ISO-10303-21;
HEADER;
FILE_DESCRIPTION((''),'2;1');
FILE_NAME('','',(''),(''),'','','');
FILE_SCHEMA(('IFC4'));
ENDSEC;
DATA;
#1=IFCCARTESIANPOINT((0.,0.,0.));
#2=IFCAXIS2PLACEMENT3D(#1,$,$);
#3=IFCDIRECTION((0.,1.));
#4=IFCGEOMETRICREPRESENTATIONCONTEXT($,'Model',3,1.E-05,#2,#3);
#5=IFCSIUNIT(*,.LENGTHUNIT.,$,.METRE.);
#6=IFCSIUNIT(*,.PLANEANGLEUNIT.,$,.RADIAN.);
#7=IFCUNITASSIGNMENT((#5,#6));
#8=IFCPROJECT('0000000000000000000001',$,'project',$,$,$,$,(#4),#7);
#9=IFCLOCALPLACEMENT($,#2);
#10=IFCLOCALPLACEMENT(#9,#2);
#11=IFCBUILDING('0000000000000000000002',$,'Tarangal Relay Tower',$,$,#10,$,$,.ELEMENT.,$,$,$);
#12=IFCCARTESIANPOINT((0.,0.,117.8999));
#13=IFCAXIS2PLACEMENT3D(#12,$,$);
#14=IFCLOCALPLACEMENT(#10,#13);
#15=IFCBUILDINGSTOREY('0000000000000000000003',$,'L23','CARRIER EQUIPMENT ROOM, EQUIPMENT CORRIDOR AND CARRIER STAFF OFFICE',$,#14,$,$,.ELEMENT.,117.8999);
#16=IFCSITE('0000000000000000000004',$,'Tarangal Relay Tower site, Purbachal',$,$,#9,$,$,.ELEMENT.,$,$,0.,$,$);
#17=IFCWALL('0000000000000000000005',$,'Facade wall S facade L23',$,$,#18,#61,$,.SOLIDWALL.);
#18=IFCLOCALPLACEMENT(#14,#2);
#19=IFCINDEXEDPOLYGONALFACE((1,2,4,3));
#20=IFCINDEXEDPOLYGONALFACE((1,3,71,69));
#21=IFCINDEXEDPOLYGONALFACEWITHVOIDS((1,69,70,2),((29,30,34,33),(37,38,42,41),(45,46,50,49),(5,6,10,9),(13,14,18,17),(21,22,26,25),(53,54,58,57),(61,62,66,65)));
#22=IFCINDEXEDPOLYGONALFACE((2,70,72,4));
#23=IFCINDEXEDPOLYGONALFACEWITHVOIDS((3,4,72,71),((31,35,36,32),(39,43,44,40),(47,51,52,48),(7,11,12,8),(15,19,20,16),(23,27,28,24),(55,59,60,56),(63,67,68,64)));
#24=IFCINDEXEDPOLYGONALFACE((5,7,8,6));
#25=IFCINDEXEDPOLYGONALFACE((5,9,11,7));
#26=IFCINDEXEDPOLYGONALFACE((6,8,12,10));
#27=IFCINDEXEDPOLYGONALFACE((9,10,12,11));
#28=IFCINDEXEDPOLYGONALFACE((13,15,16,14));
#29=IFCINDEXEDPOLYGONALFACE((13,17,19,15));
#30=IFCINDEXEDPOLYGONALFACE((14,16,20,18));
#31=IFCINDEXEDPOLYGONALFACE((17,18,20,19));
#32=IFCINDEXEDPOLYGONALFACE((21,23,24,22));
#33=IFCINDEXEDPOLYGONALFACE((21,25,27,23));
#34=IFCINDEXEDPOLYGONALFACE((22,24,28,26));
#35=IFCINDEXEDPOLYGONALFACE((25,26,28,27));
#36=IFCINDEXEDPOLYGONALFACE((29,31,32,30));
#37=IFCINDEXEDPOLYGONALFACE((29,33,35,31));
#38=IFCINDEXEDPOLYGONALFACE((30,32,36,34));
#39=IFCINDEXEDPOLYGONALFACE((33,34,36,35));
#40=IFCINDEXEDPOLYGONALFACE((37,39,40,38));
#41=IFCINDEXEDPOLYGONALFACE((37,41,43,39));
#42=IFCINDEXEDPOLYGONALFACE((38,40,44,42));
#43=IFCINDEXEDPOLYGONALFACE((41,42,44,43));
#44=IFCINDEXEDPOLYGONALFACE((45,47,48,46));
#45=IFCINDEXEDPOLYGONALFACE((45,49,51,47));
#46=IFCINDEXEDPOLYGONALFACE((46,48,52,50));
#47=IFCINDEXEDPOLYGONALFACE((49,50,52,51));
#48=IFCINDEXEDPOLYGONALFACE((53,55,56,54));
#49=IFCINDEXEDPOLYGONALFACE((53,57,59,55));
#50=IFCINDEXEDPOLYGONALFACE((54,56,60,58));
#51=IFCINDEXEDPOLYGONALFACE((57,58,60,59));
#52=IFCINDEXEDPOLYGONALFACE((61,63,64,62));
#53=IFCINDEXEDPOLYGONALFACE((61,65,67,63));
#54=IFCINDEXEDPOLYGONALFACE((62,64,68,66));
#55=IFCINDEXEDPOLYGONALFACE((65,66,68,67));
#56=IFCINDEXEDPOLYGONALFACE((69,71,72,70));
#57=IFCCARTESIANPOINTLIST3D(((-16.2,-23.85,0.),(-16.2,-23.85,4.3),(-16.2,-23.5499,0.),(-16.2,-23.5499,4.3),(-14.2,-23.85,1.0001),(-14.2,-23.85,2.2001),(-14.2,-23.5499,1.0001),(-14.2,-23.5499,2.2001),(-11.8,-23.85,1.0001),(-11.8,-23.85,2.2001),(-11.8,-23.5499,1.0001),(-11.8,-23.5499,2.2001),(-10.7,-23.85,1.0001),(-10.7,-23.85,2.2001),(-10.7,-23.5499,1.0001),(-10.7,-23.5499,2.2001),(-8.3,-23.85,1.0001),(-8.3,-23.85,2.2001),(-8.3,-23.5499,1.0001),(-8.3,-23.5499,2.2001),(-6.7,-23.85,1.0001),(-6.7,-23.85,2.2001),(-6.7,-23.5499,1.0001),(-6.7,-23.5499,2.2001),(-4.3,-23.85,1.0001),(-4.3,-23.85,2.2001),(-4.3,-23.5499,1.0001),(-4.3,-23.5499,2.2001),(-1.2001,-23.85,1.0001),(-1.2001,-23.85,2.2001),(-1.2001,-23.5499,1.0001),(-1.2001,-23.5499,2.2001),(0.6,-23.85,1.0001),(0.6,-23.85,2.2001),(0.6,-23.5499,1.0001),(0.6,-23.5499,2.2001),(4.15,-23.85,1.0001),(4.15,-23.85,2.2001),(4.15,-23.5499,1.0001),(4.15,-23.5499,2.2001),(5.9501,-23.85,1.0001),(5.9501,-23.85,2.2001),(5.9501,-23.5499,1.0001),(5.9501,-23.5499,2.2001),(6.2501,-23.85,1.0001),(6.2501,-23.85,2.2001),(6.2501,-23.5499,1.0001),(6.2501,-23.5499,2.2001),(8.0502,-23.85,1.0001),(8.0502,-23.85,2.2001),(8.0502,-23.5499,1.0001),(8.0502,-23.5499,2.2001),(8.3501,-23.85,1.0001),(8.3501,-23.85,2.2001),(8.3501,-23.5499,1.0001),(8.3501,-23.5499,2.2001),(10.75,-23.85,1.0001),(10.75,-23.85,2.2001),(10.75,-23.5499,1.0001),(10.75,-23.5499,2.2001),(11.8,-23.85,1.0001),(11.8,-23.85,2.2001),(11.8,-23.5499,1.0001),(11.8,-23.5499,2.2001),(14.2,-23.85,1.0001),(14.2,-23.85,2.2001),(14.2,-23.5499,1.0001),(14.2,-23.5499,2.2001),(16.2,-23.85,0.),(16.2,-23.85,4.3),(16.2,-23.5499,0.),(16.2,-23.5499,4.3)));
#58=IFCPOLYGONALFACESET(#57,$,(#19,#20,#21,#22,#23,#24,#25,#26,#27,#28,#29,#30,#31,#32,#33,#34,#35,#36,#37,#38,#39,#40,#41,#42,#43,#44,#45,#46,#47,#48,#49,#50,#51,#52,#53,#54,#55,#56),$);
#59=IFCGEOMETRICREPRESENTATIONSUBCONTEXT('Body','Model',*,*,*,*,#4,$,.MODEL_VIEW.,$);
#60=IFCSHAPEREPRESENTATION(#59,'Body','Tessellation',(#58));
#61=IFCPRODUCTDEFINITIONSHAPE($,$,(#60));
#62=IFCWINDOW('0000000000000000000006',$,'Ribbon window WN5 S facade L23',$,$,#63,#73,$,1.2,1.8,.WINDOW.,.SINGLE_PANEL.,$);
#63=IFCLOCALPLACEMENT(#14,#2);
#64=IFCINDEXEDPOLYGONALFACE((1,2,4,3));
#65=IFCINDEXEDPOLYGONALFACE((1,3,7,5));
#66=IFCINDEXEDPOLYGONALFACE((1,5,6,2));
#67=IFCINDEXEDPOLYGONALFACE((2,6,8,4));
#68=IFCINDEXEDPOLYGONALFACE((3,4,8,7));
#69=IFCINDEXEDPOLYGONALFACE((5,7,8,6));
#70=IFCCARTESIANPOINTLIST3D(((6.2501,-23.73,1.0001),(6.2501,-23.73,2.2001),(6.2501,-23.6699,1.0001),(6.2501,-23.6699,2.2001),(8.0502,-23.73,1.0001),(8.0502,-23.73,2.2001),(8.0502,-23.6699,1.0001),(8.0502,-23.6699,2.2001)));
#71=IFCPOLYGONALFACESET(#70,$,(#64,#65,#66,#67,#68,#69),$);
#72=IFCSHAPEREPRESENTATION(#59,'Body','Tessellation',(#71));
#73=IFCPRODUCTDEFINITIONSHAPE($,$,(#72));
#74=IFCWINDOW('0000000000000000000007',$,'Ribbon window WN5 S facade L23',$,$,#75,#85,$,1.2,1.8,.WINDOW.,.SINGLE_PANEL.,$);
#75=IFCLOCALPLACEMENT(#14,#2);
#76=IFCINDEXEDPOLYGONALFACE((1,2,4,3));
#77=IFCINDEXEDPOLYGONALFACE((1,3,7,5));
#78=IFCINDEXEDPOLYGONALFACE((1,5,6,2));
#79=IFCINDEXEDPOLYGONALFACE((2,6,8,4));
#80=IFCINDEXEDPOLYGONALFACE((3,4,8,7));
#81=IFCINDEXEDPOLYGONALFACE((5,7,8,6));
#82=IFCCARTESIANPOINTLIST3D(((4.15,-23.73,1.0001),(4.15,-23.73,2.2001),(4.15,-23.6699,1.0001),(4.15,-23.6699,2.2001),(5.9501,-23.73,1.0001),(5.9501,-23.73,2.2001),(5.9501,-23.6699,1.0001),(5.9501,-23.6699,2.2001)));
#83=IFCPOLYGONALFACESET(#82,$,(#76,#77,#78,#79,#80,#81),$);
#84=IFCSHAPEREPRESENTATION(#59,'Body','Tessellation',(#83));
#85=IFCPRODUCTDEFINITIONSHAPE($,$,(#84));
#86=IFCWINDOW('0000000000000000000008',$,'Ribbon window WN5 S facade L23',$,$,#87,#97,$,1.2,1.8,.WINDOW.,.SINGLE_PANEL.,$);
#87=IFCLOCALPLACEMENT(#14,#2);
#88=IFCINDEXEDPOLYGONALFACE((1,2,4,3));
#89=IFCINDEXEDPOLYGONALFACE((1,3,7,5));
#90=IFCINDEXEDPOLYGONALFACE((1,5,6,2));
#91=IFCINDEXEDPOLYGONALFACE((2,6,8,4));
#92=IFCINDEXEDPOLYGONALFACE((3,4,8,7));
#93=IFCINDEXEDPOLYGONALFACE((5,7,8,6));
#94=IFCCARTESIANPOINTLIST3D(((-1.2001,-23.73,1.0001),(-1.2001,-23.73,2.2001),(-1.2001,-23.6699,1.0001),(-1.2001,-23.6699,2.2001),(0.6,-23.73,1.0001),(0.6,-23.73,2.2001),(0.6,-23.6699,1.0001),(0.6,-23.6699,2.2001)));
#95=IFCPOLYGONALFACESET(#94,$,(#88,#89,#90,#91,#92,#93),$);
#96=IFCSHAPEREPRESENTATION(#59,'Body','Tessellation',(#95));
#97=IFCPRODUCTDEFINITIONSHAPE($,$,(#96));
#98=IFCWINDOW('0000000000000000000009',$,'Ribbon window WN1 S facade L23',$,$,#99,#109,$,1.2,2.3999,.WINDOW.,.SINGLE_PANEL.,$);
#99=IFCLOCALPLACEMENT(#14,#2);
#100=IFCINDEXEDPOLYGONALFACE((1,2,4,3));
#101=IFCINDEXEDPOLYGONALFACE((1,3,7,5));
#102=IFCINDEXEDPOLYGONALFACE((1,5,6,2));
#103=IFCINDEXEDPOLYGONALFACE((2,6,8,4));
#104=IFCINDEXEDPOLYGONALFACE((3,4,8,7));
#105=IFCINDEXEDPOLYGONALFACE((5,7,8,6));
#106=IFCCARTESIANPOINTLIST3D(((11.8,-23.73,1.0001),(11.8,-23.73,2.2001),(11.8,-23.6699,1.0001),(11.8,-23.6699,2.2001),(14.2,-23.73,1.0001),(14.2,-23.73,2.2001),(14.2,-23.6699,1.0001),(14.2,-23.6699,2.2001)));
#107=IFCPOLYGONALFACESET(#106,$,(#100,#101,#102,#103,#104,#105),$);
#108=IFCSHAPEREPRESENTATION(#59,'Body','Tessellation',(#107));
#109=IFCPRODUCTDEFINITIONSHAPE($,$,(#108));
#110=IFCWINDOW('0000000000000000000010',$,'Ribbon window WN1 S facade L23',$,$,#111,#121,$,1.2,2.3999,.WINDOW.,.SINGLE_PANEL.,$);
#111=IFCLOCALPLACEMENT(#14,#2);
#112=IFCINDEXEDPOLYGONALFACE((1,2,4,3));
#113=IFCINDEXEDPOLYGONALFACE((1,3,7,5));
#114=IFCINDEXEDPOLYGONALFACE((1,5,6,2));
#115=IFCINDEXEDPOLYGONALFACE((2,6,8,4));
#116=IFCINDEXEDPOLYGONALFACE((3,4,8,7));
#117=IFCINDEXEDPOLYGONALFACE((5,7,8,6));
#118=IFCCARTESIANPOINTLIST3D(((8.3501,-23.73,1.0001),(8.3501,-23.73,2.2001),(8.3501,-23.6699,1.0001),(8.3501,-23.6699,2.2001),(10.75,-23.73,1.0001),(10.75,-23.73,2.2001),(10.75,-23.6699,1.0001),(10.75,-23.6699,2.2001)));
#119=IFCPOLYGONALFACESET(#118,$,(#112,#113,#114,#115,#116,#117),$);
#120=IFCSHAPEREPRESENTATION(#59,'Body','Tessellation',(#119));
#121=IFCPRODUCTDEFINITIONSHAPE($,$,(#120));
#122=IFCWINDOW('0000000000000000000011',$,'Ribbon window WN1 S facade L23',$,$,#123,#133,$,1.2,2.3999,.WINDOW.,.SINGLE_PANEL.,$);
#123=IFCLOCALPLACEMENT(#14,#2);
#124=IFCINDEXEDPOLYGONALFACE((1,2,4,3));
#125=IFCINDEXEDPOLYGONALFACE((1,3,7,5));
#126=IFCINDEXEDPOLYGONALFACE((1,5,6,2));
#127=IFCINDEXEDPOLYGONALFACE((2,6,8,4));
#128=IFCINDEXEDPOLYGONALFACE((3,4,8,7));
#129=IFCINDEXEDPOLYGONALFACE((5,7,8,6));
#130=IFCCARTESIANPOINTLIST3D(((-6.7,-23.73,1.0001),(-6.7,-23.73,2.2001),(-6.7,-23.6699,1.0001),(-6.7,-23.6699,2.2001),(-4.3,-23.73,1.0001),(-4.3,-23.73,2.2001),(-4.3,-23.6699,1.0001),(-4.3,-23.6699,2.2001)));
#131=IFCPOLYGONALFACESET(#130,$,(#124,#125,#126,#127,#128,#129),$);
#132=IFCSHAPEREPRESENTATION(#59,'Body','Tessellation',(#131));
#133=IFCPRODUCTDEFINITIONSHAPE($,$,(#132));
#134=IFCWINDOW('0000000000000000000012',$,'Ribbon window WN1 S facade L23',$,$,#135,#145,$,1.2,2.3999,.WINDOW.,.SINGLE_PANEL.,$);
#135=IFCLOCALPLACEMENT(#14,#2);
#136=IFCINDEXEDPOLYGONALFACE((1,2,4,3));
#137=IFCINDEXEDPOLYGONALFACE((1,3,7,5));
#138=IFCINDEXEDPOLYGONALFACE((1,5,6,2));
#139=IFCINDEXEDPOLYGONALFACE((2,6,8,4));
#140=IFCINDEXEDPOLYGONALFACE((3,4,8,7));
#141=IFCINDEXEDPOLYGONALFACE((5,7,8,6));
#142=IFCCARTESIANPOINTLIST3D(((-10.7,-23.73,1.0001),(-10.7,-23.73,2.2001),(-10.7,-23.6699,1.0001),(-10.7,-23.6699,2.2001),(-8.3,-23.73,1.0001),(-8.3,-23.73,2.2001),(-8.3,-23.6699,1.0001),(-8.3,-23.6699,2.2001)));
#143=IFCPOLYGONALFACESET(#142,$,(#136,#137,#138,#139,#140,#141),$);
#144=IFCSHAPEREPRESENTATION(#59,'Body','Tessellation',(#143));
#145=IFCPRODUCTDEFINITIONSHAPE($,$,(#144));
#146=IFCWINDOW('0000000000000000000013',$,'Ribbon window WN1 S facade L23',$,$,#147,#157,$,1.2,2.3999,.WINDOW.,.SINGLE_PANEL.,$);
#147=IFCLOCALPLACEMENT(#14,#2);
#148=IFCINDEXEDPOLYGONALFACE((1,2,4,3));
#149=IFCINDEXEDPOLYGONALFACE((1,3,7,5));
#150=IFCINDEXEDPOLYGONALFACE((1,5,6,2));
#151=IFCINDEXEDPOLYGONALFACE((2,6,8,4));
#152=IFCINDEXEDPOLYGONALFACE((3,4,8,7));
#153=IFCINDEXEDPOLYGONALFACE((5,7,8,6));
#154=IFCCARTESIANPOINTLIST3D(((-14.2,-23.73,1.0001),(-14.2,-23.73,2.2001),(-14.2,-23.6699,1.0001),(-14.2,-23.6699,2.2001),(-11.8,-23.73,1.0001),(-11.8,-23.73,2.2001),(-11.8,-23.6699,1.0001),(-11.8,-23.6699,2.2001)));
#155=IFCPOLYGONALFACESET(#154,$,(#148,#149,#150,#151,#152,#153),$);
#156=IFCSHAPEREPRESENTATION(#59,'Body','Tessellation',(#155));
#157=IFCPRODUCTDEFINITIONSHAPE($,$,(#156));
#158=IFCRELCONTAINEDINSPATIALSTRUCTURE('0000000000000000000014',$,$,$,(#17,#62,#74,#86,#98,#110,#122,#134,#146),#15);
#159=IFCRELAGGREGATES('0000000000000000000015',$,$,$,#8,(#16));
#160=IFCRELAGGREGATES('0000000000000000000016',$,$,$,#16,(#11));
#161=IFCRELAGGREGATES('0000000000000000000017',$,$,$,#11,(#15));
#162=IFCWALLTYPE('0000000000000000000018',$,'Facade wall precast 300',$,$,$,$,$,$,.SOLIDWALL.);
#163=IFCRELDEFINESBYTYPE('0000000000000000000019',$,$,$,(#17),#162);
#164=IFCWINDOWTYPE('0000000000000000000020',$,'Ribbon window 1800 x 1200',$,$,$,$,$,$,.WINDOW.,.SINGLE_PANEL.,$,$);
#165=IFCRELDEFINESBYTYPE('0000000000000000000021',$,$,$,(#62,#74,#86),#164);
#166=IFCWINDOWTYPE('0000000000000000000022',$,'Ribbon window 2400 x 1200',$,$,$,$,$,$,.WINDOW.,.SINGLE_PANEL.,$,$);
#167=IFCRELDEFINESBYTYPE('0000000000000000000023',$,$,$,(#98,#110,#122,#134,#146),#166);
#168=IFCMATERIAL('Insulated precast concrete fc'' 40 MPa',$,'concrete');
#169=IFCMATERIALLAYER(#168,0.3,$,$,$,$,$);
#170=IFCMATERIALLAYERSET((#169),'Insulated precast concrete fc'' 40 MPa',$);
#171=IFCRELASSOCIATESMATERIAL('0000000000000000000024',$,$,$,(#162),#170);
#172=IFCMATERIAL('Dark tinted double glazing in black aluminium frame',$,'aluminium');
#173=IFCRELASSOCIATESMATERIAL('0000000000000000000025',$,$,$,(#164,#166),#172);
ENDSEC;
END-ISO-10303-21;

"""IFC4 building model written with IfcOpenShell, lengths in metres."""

from ifc_helpers import new_model, si_unit, direction, frame, frame_2d, origin, place, context, subcontext, project, spatial, rectangle, extrude, material, layer, layer_set, type_object, element, fill, save


model = new_model("IFC4")

# Units and contexts
model_context = context("Model", 3, precision=1e-05, world=origin(), true_north=direction((0.0, 1.0)))
body_context = subcontext(model_context, "Body", "Model", "MODEL_VIEW")
ifc_project = project(units=[si_unit("LENGTHUNIT", "METRE"), si_unit("PLANEANGLEUNIT", "RADIAN")], contexts=[model_context])

# Site, building, storey
site_placement = place(None, origin())
site = spatial("IfcSite", under=ifc_project, at=site_placement, Name="Tarangal Relay Tower site, Purbachal", CompositionType="ELEMENT", RefElevation=0.0)
building_placement = place(site_placement, origin())
building = spatial("IfcBuilding", under=site, at=building_placement, Name="Tarangal Relay Tower", CompositionType="ELEMENT")
storey_placement = place(building_placement, frame((0.0, 0.0, 117.8999)))
storey = spatial("IfcBuildingStorey", under=building, at=storey_placement, Name="L23", Description="CARRIER EQUIPMENT ROOM, EQUIPMENT CORRIDOR AND CARRIER STAFF OFFICE", CompositionType="ELEMENT", Elevation=117.8999)

# Shared definitions
ifc_material_1 = material(Name="Insulated precast concrete fc' 40 MPa", Category="concrete")
ifc_layer = layer(ifc_material_1, 0.3)
ifc_layer_set = layer_set([ifc_layer], Name="Insulated precast concrete fc' 40 MPa")
wall_type = type_object("IfcWallType", Name="Facade wall precast 300", PredefinedType="SOLIDWALL", material=ifc_layer_set)

# Wall, openings, windows
wall_placement = place(storey_placement, frame((16.2, -23.7, 0.0), z_axis=(0.0, 0.0, 1.0), x_axis=(-1.0, 0.0, 0.0)))
wall = element("IfcWall", 1, at=wall_placement, inside=storey, type_object=wall_type, Name="Facade wall S facade L23", PredefinedType="SOLIDWALL", context=body_context, shape_type="SweptSolid", body=[
    extrude(rectangle(XDim=32.3999, YDim=0.3, at=frame_2d((16.2, 0.0))), origin(), (0.0, 0.0, 1.0), 4.3),
])
opening_1_placement = place(wall_placement, frame((2.0, 0.0, 1.0)))
opening_1 = element("IfcOpeningElement", 2, at=opening_1_placement, cuts=wall, PredefinedType="OPENING", context=body_context, shape_type="SweptSolid", body=[
    extrude(rectangle(XDim=2.3999, YDim=1.2, at=frame_2d((1.2, 0.6001))), frame((0.0, 0.1599, 0.0), z_axis=(0.0, -1.0, 0.0), x_axis=(1.0, 0.0, 0.0)), (0.0, 0.0, 1.0), 0.3201),
])
opening_2_placement = place(wall_placement, frame((5.45, 0.0, 1.0)))
opening_2 = element("IfcOpeningElement", 3, at=opening_2_placement, cuts=wall, PredefinedType="OPENING", context=body_context, shape_type="SweptSolid", body=[
    extrude(rectangle(XDim=2.3999, YDim=1.2, at=frame_2d((1.2, 0.6001))), frame((0.0, 0.1599, 0.0), z_axis=(0.0, -1.0, 0.0), x_axis=(1.0, 0.0, 0.0)), (0.0, 0.0, 1.0), 0.3201),
])
opening_3_placement = place(wall_placement, frame((8.1499, 0.0, 1.0)))
opening_3 = element("IfcOpeningElement", 4, at=opening_3_placement, cuts=wall, PredefinedType="OPENING", context=body_context, shape_type="SweptSolid", body=[
    extrude(rectangle(XDim=1.8, YDim=1.2, at=frame_2d((0.8999, 0.6001))), frame((0.0, 0.1599, 0.0), z_axis=(0.0, -1.0, 0.0), x_axis=(1.0, 0.0, 0.0)), (0.0, 0.0, 1.0), 0.3201),
])
opening_4_placement = place(wall_placement, frame((10.25, 0.0, 1.0)))
opening_4 = element("IfcOpeningElement", 5, at=opening_4_placement, cuts=wall, PredefinedType="OPENING", context=body_context, shape_type="SweptSolid", body=[
    extrude(rectangle(XDim=1.8, YDim=1.2, at=frame_2d((0.8999, 0.6001))), frame((0.0, 0.1599, 0.0), z_axis=(0.0, -1.0, 0.0), x_axis=(1.0, 0.0, 0.0)), (0.0, 0.0, 1.0), 0.3201),
])
opening_5_placement = place(wall_placement, frame((15.6001, 0.0, 1.0)))
opening_5 = element("IfcOpeningElement", 6, at=opening_5_placement, cuts=wall, PredefinedType="OPENING", context=body_context, shape_type="SweptSolid", body=[
    extrude(rectangle(XDim=1.8, YDim=1.2, at=frame_2d((0.8999, 0.6001))), frame((0.0, 0.1599, 0.0), z_axis=(0.0, -1.0, 0.0), x_axis=(1.0, 0.0, 0.0)), (0.0, 0.0, 1.0), 0.3201),
])
opening_6_placement = place(wall_placement, frame((20.5, 0.0, 1.0)))
opening_6 = element("IfcOpeningElement", 7, at=opening_6_placement, cuts=wall, PredefinedType="OPENING", context=body_context, shape_type="SweptSolid", body=[
    extrude(rectangle(XDim=2.3999, YDim=1.2, at=frame_2d((1.2, 0.6001))), frame((0.0, 0.1599, 0.0), z_axis=(0.0, -1.0, 0.0), x_axis=(1.0, 0.0, 0.0)), (0.0, 0.0, 1.0), 0.3201),
])
opening_7_placement = place(wall_placement, frame((24.5, 0.0, 1.0)))
opening_7 = element("IfcOpeningElement", 8, at=opening_7_placement, cuts=wall, PredefinedType="OPENING", context=body_context, shape_type="SweptSolid", body=[
    extrude(rectangle(XDim=2.3999, YDim=1.2, at=frame_2d((1.2, 0.6001))), frame((0.0, 0.1599, 0.0), z_axis=(0.0, -1.0, 0.0), x_axis=(1.0, 0.0, 0.0)), (0.0, 0.0, 1.0), 0.3201),
])
opening_8_placement = place(wall_placement, frame((28.0, 0.0, 1.0)))
opening_8 = element("IfcOpeningElement", 9, at=opening_8_placement, cuts=wall, PredefinedType="OPENING", context=body_context, shape_type="SweptSolid", body=[
    extrude(rectangle(XDim=2.3999, YDim=1.2, at=frame_2d((1.2, 0.6001))), frame((0.0, 0.1599, 0.0), z_axis=(0.0, -1.0, 0.0), x_axis=(1.0, 0.0, 0.0)), (0.0, 0.0, 1.0), 0.3201),
])
ifc_material_2 = material(Name="Dark tinted double glazing in black aluminium frame", Category="aluminium")
window_type_1 = type_object("IfcWindowType", Name="Ribbon window 1800 x 1200", PartitioningType="SINGLE_PANEL", PredefinedType="WINDOW", material=ifc_material_2)
window_1_placement = place(opening_3_placement, origin())
window_1 = element("IfcWindow", 10, at=window_1_placement, inside=storey, type_object=window_type_1, Name="Ribbon window WN5 S facade L23", OverallHeight=1.2, OverallWidth=1.8, PartitioningType="SINGLE_PANEL", PredefinedType="WINDOW", context=body_context, shape_type="SweptSolid", body=[
    extrude(rectangle(XDim=1.8, YDim=1.2, at=frame_2d((0.8999, 0.6001))), frame((0.0, 0.03, 0.0), z_axis=(0.0, -1.0, 0.0), x_axis=(1.0, 0.0, 0.0)), (0.0, 0.0, 1.0), 0.0601),
])
fill(opening_3, window_1)
window_2_placement = place(opening_4_placement, origin())
window_2 = element("IfcWindow", 11, at=window_2_placement, inside=storey, type_object=window_type_1, Name="Ribbon window WN5 S facade L23", OverallHeight=1.2, OverallWidth=1.8, PartitioningType="SINGLE_PANEL", PredefinedType="WINDOW", context=body_context, shape_type="SweptSolid", body=[
    extrude(rectangle(XDim=1.8, YDim=1.2, at=frame_2d((0.8999, 0.6001))), frame((0.0, 0.03, 0.0), z_axis=(0.0, -1.0, 0.0), x_axis=(1.0, 0.0, 0.0)), (0.0, 0.0, 1.0), 0.0601),
])
fill(opening_4, window_2)
window_3_placement = place(opening_5_placement, origin())
window_3 = element("IfcWindow", 12, at=window_3_placement, inside=storey, type_object=window_type_1, Name="Ribbon window WN5 S facade L23", OverallHeight=1.2, OverallWidth=1.8, PartitioningType="SINGLE_PANEL", PredefinedType="WINDOW", context=body_context, shape_type="SweptSolid", body=[
    extrude(rectangle(XDim=1.8, YDim=1.2, at=frame_2d((0.8999, 0.6001))), frame((0.0, 0.03, 0.0), z_axis=(0.0, -1.0, 0.0), x_axis=(1.0, 0.0, 0.0)), (0.0, 0.0, 1.0), 0.0601),
])
fill(opening_5, window_3)
window_type_2 = type_object("IfcWindowType", Name="Ribbon window 2400 x 1200", PartitioningType="SINGLE_PANEL", PredefinedType="WINDOW", material=ifc_material_2)
window_4_placement = place(opening_1_placement, origin())
window_4 = element("IfcWindow", 13, at=window_4_placement, inside=storey, type_object=window_type_2, Name="Ribbon window WN1 S facade L23", OverallHeight=1.2, OverallWidth=2.3999, PartitioningType="SINGLE_PANEL", PredefinedType="WINDOW", context=body_context, shape_type="SweptSolid", body=[
    extrude(rectangle(XDim=2.3999, YDim=1.2, at=frame_2d((1.2, 0.6001))), frame((0.0, 0.03, 0.0), z_axis=(0.0, -1.0, 0.0), x_axis=(1.0, 0.0, 0.0)), (0.0, 0.0, 1.0), 0.0601),
])
fill(opening_1, window_4)
window_5_placement = place(opening_2_placement, origin())
window_5 = element("IfcWindow", 14, at=window_5_placement, inside=storey, type_object=window_type_2, Name="Ribbon window WN1 S facade L23", OverallHeight=1.2, OverallWidth=2.3999, PartitioningType="SINGLE_PANEL", PredefinedType="WINDOW", context=body_context, shape_type="SweptSolid", body=[
    extrude(rectangle(XDim=2.3999, YDim=1.2, at=frame_2d((1.2, 0.6001))), frame((0.0, 0.03, 0.0), z_axis=(0.0, -1.0, 0.0), x_axis=(1.0, 0.0, 0.0)), (0.0, 0.0, 1.0), 0.0601),
])
fill(opening_2, window_5)
window_6_placement = place(opening_6_placement, origin())
window_6 = element("IfcWindow", 15, at=window_6_placement, inside=storey, type_object=window_type_2, Name="Ribbon window WN1 S facade L23", OverallHeight=1.2, OverallWidth=2.3999, PartitioningType="SINGLE_PANEL", PredefinedType="WINDOW", context=body_context, shape_type="SweptSolid", body=[
    extrude(rectangle(XDim=2.3999, YDim=1.2, at=frame_2d((1.2, 0.6001))), frame((0.0, 0.03, 0.0), z_axis=(0.0, -1.0, 0.0), x_axis=(1.0, 0.0, 0.0)), (0.0, 0.0, 1.0), 0.0601),
])
fill(opening_6, window_6)
window_7_placement = place(opening_7_placement, origin())
window_7 = element("IfcWindow", 16, at=window_7_placement, inside=storey, type_object=window_type_2, Name="Ribbon window WN1 S facade L23", OverallHeight=1.2, OverallWidth=2.3999, PartitioningType="SINGLE_PANEL", PredefinedType="WINDOW", context=body_context, shape_type="SweptSolid", body=[
    extrude(rectangle(XDim=2.3999, YDim=1.2, at=frame_2d((1.2, 0.6001))), frame((0.0, 0.03, 0.0), z_axis=(0.0, -1.0, 0.0), x_axis=(1.0, 0.0, 0.0)), (0.0, 0.0, 1.0), 0.0601),
])
fill(opening_7, window_7)
window_8_placement = place(opening_8_placement, origin())
window_8 = element("IfcWindow", 17, at=window_8_placement, inside=storey, type_object=window_type_2, Name="Ribbon window WN1 S facade L23", OverallHeight=1.2, OverallWidth=2.3999, PartitioningType="SINGLE_PANEL", PredefinedType="WINDOW", context=body_context, shape_type="SweptSolid", body=[
    extrude(rectangle(XDim=2.3999, YDim=1.2, at=frame_2d((1.2, 0.6001))), frame((0.0, 0.03, 0.0), z_axis=(0.0, -1.0, 0.0), x_axis=(1.0, 0.0, 0.0)), (0.0, 0.0, 1.0), 0.0601),
])
fill(opening_8, window_8)

save(model, "model.ifc")
